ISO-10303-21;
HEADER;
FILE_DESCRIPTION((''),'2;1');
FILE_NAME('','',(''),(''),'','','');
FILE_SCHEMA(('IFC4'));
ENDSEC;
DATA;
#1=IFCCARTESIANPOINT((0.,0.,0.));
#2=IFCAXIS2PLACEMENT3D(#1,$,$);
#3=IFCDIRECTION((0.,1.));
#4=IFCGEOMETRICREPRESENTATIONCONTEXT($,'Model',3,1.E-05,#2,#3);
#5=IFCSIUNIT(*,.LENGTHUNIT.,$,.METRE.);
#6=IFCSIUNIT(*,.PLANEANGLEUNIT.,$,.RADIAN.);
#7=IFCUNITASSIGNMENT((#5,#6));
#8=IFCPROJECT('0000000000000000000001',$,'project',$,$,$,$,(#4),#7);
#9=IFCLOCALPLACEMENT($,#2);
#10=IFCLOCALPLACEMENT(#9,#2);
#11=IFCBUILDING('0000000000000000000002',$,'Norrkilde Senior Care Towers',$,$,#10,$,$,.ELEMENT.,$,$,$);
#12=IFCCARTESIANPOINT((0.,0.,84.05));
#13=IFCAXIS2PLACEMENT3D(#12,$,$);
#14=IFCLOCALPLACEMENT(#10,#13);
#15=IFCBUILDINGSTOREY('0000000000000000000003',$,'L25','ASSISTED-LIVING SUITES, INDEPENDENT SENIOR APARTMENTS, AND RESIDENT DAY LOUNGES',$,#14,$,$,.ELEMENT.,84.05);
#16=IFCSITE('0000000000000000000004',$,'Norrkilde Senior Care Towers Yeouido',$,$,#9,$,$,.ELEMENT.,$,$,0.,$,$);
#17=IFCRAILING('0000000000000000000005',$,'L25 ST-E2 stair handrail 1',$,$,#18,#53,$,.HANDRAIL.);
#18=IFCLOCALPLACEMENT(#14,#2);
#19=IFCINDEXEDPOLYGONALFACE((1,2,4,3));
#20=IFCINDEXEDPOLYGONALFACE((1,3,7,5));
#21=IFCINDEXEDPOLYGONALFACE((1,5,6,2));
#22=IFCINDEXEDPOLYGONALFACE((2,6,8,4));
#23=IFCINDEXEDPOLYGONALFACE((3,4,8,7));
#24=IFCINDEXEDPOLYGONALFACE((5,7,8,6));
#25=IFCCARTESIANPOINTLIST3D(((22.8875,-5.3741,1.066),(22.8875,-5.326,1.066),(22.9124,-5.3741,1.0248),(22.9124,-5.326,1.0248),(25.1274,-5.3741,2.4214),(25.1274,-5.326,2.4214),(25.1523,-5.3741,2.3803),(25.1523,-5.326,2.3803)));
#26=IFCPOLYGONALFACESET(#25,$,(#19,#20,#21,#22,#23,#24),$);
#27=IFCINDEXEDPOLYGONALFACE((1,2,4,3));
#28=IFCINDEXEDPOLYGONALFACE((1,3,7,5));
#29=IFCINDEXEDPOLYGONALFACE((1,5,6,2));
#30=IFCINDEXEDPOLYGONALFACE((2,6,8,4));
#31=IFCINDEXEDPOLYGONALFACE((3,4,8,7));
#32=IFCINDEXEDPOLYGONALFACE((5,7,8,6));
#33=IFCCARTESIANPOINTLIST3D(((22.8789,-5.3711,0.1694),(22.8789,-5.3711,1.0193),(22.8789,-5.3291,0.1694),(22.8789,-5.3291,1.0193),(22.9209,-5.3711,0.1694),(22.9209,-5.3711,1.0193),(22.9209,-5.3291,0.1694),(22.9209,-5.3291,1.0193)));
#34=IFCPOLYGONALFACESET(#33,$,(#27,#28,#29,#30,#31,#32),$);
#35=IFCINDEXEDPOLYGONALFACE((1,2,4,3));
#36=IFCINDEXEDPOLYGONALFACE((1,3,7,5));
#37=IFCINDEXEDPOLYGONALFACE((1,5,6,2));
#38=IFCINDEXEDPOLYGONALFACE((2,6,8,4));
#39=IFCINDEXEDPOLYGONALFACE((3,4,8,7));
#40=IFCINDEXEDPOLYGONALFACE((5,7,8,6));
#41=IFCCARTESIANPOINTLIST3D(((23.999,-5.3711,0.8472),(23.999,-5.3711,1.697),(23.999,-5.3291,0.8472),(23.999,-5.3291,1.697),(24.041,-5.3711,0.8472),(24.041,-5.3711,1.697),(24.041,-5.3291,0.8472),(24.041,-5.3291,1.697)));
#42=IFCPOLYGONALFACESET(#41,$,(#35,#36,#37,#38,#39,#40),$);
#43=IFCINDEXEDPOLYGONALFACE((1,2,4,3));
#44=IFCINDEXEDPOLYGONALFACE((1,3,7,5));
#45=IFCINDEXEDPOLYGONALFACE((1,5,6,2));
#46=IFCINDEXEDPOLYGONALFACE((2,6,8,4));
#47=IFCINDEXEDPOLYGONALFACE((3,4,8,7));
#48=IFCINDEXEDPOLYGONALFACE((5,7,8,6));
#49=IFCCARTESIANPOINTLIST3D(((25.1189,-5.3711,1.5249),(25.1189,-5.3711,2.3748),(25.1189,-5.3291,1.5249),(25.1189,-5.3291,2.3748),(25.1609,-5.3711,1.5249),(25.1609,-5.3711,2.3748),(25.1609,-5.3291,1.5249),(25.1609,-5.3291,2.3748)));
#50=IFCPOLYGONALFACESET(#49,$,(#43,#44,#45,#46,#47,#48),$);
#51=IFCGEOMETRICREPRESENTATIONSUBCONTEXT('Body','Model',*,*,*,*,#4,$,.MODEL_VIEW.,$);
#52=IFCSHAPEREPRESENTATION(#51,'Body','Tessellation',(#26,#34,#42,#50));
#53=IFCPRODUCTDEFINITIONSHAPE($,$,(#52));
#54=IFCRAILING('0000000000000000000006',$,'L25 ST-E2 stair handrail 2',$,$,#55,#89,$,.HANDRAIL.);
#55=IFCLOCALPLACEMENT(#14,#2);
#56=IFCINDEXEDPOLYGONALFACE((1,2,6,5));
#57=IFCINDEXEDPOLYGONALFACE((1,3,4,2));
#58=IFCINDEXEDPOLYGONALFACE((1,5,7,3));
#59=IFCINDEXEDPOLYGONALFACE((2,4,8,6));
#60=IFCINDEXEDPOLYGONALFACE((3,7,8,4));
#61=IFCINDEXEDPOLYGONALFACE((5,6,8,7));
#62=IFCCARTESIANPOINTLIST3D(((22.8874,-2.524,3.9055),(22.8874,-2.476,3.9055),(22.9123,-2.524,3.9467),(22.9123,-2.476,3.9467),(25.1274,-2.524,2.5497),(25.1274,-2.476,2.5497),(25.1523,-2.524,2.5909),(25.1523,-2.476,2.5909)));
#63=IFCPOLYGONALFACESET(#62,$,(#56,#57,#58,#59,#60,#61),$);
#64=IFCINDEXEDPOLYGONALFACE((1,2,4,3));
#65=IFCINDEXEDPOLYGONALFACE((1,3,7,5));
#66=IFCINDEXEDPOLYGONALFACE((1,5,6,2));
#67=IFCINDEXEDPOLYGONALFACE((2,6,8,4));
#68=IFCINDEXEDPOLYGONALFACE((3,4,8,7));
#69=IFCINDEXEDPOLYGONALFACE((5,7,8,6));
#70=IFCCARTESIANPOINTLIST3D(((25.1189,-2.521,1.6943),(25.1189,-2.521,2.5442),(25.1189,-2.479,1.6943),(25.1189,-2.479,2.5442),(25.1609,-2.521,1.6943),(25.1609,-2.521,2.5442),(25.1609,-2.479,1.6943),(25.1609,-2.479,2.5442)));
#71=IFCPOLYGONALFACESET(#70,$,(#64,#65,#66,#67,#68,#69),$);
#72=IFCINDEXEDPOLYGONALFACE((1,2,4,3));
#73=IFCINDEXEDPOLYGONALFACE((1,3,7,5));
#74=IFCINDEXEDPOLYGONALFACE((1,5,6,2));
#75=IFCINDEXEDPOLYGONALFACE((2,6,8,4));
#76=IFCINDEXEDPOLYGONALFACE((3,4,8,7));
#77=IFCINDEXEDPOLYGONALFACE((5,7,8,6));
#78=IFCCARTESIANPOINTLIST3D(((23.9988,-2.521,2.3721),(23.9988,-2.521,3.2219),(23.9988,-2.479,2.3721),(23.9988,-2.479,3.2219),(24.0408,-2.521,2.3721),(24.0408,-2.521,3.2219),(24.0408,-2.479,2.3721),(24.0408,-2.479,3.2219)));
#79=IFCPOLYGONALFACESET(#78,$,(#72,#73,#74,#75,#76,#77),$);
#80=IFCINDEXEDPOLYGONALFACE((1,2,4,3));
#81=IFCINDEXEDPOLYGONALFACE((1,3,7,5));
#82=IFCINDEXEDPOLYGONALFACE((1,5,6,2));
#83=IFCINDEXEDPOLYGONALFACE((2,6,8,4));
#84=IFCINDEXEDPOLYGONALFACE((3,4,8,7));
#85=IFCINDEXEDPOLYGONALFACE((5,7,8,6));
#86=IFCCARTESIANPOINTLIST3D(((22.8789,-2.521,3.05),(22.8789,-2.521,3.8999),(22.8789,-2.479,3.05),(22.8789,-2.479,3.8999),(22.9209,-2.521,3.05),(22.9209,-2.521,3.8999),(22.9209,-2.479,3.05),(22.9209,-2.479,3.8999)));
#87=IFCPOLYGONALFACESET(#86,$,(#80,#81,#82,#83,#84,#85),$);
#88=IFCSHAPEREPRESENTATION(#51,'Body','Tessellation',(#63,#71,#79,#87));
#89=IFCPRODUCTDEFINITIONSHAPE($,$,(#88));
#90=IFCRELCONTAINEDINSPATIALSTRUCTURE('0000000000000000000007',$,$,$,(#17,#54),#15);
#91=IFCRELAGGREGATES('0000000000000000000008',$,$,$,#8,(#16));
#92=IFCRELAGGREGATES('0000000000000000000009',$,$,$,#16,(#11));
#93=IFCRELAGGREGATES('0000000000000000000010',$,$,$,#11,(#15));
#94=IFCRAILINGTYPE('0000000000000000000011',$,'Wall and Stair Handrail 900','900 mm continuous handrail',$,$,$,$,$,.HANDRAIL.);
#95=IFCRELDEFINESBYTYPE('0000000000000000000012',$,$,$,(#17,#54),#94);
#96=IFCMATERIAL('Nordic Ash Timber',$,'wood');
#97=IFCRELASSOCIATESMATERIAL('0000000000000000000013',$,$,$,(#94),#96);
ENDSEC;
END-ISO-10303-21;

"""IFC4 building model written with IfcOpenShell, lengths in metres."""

from ifc_helpers import new_model, si_unit, direction, frame, origin, origin_2d, place, context, subcontext, project, spatial, rectangle, extrude, material, type_object, element, save


model = new_model("IFC4")

# Units and contexts
model_context = context("Model", 3, precision=1e-05, world=origin(), true_north=direction((0.0, 1.0)))
body_context = subcontext(model_context, "Body", "Model", "MODEL_VIEW")
ifc_project = project(units=[si_unit("LENGTHUNIT", "METRE"), si_unit("PLANEANGLEUNIT", "RADIAN")], contexts=[model_context])

# Site, building, storey
site_placement = place(None, origin())
site = spatial("IfcSite", under=ifc_project, at=site_placement, Name="Norrkilde Senior Care Towers Yeouido", CompositionType="ELEMENT", RefElevation=0.0)
building_placement = place(site_placement, origin())
building = spatial("IfcBuilding", under=site, at=building_placement, Name="Norrkilde Senior Care Towers", CompositionType="ELEMENT")
storey_placement = place(building_placement, frame((0.0, 0.0, 84.05)))
storey = spatial("IfcBuildingStorey", under=building, at=storey_placement, Name="L25", Description="ASSISTED-LIVING SUITES, INDEPENDENT SENIOR APARTMENTS, AND RESIDENT DAY LOUNGES", CompositionType="ELEMENT", Elevation=84.05)

# Shared definitions
ifc_material_1 = material(Name="Nordic Ash Timber", Category="wood")

# Railings
railing_type_1 = type_object("IfcRailingType", Name="Wall and Stair Handrail 900", Description="900 mm continuous handrail", PredefinedType="HANDRAIL", material=ifc_material_1)
railing_1_placement = place(storey_placement, frame((22.8999, -5.3501, 0.1694)))
element("IfcRailing", 1, at=railing_1_placement, inside=storey, type_object=railing_type_1, Name="L25 ST-E2 stair handrail 1", PredefinedType="HANDRAIL", context=body_context, shape_type="SweptSolid", body=[
    extrude(rectangle(XDim=0.0481, YDim=0.0481, at=origin_2d()), frame((0.0, 0.0, 0.876), z_axis=(0.855553, 0.0, 0.517715), x_axis=(0.0, 1.0, 0.0)), (0.0, 0.0, 1.0), 2.6182),
    extrude(rectangle(XDim=0.042, YDim=0.042, at=origin_2d()), origin(), (0.0, 0.0, 1.0), 0.8499),
    extrude(rectangle(XDim=0.042, YDim=0.042, at=origin_2d()), frame((1.1201, 0.0, 0.6777)), (0.0, 0.0, 1.0), 0.8499),
    extrude(rectangle(XDim=0.042, YDim=0.042, at=origin_2d()), frame((2.24, 0.0, 1.3555)), (0.0, 0.0, 1.0), 0.8499),
])
railing_2_placement = place(storey_placement, frame((25.1399, -2.5, 1.6943)))
element("IfcRailing", 2, at=railing_2_placement, inside=storey, type_object=railing_type_1, Name="L25 ST-E2 stair handrail 2", PredefinedType="HANDRAIL", context=body_context, shape_type="SweptSolid", body=[
    extrude(rectangle(XDim=0.0481, YDim=0.0481, at=origin_2d()), frame((0.0, 0.0, 0.876), z_axis=(-0.855512, 0.0, 0.517783), x_axis=(0.0, -1.0, 0.0)), (0.0, 0.0, 1.0), 2.6184),
    extrude(rectangle(XDim=0.042, YDim=0.042, at=origin_2d()), origin(), (0.0, 0.0, 1.0), 0.8499),
    extrude(rectangle(XDim=0.042, YDim=0.042, at=origin_2d()), frame((-1.1201, 0.0, 0.6777)), (0.0, 0.0, 1.0), 0.8499),
    extrude(rectangle(XDim=0.042, YDim=0.042, at=origin_2d()), frame((-2.24, 0.0, 1.3557)), (0.0, 0.0, 1.0), 0.8499),
])

save(model, "model.ifc")
